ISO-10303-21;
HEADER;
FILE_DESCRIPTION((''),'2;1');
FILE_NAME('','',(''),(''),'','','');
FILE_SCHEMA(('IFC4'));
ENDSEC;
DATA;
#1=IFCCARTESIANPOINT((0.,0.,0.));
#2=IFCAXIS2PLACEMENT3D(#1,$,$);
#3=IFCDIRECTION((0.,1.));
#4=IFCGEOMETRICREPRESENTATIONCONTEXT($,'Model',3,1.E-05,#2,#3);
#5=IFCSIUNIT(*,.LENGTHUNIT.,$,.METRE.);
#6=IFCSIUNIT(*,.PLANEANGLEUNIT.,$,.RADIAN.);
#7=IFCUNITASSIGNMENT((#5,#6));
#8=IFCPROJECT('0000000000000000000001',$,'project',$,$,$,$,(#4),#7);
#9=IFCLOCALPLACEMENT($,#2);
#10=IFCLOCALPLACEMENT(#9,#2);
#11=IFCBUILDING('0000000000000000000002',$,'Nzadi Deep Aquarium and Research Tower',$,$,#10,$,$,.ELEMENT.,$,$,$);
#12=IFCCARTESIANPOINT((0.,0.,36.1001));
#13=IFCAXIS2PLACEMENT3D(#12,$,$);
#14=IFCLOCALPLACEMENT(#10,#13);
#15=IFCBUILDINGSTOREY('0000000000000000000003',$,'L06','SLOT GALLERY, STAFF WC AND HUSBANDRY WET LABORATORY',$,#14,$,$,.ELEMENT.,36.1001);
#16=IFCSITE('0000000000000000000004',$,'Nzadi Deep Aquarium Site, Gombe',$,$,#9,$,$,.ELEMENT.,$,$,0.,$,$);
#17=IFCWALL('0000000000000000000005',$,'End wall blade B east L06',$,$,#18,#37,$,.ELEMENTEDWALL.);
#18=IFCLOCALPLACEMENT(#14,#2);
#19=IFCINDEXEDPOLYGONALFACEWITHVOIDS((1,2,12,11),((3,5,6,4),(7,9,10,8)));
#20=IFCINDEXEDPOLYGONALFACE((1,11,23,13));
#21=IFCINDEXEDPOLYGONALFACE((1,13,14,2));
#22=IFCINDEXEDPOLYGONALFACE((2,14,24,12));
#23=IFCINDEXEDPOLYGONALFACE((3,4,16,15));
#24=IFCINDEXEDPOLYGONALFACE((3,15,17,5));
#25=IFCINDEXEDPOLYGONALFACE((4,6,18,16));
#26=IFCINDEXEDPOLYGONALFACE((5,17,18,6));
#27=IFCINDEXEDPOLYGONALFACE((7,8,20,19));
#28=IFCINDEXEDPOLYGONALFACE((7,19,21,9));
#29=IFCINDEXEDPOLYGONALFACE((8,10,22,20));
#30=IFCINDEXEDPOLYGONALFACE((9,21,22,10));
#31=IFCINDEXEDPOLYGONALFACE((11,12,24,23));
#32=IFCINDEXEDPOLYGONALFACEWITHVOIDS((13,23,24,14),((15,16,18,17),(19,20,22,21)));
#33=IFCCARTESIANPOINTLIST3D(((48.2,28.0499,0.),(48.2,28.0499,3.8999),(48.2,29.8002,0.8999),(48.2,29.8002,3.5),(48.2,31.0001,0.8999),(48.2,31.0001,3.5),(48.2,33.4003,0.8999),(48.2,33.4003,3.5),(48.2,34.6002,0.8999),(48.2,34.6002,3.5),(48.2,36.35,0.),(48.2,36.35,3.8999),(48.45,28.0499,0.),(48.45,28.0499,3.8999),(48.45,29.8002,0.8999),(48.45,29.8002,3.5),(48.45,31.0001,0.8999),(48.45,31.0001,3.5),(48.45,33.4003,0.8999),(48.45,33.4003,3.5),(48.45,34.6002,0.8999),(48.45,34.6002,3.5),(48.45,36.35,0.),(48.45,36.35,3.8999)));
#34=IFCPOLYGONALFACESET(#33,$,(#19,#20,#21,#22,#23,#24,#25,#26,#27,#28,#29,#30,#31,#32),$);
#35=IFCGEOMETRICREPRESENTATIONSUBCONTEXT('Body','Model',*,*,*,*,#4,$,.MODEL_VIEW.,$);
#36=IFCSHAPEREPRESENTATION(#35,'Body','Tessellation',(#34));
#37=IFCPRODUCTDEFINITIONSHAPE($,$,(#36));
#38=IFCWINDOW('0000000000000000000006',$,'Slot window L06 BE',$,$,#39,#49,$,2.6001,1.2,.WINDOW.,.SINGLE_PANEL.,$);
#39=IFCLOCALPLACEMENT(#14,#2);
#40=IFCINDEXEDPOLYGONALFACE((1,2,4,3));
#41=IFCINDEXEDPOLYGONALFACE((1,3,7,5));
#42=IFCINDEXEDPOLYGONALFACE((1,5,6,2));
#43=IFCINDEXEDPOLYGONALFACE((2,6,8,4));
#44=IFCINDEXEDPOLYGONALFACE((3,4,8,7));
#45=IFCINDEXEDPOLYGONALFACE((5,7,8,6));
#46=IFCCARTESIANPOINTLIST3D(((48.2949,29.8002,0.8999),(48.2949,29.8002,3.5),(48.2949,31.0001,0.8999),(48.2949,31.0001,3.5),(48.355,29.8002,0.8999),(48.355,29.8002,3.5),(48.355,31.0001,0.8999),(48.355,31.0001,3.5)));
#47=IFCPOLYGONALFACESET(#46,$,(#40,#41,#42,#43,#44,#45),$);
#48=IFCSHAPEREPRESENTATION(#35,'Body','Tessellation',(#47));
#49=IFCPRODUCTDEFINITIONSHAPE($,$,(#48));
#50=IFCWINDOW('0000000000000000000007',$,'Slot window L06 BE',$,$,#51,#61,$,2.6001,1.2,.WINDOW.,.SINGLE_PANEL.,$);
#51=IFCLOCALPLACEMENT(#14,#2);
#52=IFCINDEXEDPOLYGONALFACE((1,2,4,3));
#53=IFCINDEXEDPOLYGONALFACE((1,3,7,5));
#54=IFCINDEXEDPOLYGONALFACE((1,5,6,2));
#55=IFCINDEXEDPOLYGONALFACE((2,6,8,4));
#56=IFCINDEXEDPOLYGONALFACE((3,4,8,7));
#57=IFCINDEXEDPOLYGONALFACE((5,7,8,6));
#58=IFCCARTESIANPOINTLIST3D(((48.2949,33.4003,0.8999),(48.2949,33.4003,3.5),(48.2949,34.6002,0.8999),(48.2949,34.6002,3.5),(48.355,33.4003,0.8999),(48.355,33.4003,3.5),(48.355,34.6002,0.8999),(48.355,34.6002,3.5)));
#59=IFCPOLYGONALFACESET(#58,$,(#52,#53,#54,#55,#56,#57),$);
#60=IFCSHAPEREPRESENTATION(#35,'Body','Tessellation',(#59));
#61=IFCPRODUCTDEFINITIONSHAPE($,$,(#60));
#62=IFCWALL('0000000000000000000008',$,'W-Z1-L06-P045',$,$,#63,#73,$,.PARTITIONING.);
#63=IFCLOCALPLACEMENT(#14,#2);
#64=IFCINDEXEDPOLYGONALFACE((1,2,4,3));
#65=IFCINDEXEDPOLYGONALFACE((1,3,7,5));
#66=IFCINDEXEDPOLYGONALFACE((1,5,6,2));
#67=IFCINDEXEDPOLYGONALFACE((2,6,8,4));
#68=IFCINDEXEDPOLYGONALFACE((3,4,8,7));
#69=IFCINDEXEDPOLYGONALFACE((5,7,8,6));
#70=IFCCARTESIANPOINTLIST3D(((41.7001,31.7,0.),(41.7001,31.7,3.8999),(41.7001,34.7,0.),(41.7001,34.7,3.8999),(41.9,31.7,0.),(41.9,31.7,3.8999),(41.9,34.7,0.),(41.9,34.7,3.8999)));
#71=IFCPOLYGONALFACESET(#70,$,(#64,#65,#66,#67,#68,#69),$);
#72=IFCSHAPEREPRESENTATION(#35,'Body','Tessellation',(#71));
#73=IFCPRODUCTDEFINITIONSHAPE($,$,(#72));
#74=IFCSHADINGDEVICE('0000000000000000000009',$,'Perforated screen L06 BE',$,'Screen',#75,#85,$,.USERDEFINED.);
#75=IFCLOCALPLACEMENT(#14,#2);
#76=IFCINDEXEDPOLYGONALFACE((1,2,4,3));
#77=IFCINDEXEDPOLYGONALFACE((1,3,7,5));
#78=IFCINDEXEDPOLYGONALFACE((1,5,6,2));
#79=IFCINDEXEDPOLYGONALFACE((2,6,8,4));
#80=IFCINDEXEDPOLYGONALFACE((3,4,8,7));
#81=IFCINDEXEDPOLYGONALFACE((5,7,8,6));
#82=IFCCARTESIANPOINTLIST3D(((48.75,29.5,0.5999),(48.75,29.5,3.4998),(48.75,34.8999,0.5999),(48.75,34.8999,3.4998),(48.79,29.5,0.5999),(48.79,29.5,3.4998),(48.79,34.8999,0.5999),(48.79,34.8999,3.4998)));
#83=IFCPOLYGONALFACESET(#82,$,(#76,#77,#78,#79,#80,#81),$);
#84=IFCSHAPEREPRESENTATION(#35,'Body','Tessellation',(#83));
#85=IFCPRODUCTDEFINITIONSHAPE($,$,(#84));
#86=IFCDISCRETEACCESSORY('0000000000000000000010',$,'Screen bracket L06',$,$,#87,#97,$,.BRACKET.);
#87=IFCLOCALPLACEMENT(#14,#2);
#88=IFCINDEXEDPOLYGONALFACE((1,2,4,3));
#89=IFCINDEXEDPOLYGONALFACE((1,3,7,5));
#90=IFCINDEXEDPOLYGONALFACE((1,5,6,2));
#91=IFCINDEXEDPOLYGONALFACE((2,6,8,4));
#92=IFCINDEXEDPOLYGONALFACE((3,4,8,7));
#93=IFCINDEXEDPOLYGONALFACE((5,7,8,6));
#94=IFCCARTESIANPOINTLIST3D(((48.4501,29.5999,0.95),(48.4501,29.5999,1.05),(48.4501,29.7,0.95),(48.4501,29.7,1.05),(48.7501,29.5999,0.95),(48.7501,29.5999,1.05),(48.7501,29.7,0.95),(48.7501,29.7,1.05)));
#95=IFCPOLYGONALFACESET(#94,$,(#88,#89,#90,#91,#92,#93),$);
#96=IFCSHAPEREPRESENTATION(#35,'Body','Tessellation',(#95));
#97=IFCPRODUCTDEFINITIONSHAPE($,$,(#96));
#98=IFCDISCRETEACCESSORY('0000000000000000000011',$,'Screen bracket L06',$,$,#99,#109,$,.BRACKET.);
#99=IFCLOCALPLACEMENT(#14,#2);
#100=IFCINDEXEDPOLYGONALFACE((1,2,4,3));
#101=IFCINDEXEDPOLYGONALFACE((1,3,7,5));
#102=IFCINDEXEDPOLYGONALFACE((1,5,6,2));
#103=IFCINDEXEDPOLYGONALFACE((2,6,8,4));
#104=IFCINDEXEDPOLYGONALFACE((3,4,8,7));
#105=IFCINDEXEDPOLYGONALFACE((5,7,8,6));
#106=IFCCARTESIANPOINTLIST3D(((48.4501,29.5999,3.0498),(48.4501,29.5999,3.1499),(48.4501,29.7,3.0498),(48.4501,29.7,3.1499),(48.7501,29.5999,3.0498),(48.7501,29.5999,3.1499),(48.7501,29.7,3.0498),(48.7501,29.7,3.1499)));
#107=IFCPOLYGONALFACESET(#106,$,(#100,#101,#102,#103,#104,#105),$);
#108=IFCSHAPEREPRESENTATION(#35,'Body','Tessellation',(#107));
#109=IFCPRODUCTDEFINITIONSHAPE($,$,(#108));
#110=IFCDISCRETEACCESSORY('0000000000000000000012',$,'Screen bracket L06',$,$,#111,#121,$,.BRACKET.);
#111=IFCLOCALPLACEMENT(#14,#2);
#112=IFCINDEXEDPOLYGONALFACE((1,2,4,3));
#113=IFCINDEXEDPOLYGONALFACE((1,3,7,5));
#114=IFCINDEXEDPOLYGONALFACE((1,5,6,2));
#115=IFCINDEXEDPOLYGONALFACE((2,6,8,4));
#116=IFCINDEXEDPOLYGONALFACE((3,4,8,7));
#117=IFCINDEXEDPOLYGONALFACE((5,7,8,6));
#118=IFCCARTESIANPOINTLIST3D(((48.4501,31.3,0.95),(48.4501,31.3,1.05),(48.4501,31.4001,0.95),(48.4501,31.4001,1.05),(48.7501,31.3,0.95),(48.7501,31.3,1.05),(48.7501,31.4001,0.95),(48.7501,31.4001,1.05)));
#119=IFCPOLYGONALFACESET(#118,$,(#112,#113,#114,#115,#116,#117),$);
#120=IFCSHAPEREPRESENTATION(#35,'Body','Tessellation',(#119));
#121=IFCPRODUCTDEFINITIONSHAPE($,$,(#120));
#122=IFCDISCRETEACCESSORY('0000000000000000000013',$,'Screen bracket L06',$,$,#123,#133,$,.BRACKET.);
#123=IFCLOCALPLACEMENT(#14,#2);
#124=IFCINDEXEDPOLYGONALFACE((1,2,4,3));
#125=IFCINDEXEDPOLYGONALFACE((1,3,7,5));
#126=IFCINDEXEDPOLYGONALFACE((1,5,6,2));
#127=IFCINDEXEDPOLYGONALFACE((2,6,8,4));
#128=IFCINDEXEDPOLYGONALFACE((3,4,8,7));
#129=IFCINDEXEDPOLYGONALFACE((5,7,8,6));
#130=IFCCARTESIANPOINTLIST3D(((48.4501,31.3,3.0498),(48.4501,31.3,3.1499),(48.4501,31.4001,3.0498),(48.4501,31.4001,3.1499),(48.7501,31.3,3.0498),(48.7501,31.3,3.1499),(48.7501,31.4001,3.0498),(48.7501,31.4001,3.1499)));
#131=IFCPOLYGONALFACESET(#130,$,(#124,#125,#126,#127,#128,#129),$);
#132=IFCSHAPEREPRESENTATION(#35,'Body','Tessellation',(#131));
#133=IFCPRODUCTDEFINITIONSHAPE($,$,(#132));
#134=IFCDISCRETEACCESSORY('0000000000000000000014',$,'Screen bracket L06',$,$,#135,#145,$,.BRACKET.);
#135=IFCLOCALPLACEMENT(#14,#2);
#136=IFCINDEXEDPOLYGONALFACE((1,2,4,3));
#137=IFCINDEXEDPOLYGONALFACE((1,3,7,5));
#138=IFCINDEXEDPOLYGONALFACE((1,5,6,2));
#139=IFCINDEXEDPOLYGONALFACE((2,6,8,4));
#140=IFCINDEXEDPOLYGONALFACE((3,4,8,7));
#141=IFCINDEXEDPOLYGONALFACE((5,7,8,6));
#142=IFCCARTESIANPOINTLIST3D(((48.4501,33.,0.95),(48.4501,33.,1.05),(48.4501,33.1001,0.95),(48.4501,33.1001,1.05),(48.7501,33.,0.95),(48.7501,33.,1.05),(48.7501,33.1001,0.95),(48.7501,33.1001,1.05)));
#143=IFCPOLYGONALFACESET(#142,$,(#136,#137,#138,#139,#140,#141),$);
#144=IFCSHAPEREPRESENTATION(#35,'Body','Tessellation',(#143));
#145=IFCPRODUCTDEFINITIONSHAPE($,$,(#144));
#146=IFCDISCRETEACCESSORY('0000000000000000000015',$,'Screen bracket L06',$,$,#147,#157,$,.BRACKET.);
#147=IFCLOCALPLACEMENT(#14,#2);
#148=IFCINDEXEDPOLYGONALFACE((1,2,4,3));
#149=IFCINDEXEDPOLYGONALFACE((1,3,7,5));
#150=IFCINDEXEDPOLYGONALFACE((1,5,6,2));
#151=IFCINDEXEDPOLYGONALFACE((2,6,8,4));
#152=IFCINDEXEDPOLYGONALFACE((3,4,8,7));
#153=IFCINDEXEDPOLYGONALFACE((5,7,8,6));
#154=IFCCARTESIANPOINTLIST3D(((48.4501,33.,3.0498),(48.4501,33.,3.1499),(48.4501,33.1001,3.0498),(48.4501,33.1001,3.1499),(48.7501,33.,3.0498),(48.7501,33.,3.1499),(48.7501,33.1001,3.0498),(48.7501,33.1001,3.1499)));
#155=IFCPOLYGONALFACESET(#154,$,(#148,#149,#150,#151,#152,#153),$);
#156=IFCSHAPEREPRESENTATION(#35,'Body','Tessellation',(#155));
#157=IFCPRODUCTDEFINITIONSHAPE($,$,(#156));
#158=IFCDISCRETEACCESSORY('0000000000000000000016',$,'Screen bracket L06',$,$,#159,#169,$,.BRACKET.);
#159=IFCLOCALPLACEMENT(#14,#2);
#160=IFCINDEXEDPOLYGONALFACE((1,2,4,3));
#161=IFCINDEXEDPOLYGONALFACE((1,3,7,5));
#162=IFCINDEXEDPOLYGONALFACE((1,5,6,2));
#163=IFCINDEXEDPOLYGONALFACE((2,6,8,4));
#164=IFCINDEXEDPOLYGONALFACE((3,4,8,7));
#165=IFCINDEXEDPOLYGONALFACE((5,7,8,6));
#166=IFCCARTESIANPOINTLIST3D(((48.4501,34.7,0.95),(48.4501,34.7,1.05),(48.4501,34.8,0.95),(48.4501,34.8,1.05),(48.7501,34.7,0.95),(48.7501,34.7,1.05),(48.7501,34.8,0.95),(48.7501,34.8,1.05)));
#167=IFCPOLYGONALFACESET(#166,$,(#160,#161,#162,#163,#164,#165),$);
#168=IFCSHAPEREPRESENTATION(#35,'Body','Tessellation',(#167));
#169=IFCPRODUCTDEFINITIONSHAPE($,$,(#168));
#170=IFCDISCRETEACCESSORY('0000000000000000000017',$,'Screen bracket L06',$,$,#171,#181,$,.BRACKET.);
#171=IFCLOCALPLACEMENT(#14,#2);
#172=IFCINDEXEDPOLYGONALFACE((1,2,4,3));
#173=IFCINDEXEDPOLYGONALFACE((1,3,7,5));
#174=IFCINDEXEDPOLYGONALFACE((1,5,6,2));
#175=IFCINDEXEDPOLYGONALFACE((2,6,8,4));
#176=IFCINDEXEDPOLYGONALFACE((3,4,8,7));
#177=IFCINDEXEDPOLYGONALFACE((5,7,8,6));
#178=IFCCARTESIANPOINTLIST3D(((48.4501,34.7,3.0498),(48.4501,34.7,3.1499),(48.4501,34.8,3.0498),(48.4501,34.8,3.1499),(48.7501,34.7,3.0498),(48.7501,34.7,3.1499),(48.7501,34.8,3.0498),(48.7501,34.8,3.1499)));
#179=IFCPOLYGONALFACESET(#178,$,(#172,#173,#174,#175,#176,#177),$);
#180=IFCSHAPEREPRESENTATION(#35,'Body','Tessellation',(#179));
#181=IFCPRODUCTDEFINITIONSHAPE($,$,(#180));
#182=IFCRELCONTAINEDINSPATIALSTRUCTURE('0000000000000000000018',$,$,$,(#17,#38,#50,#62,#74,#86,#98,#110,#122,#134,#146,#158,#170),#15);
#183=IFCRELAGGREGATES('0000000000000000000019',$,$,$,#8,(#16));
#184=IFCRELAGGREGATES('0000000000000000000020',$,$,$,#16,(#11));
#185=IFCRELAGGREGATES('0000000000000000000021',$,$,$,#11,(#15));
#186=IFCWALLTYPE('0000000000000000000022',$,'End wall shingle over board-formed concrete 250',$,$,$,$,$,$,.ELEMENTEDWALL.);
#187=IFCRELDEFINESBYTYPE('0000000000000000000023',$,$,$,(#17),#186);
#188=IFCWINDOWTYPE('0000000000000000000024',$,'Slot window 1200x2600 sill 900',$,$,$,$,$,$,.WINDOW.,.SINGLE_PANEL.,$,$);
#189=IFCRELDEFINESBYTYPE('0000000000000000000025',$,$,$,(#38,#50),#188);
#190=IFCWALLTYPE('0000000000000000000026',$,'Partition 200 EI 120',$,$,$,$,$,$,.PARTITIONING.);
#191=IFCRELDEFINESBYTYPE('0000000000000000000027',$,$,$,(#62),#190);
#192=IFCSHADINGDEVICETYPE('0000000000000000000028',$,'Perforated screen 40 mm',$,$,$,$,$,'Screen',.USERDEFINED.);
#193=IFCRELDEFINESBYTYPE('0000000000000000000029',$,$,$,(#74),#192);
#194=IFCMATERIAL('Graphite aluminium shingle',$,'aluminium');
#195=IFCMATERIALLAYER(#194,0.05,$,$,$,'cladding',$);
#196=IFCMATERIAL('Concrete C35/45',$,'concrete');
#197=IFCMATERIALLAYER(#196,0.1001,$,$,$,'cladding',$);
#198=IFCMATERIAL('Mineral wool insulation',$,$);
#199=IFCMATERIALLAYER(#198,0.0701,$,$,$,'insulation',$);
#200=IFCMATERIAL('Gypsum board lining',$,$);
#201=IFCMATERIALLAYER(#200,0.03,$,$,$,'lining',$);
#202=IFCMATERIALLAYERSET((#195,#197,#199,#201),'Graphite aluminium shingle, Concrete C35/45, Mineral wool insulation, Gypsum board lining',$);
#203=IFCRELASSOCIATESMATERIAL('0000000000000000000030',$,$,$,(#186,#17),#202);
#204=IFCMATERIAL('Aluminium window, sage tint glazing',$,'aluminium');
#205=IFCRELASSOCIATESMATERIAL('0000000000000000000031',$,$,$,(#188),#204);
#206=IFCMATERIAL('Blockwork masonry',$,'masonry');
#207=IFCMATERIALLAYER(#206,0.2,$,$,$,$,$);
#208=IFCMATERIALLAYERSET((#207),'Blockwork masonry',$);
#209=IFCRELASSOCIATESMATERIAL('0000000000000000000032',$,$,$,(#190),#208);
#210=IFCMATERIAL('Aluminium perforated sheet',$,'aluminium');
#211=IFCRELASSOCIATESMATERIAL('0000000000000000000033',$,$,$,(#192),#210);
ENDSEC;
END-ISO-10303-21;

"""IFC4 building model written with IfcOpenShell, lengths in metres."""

from ifc_helpers import new_model, si_unit, direction, frame, frame_2d, origin, origin_2d, place, context, subcontext, project, spatial, rectangle, extrude, material, layer, layer_set, layer_usage, type_object, element, fill, save


model = new_model("IFC4")

# Units and contexts
model_context = context("Model", 3, precision=1e-05, world=origin(), true_north=direction((0.0, 1.0)))
body_context = subcontext(model_context, "Body", "Model", "MODEL_VIEW")
ifc_project = project(units=[si_unit("LENGTHUNIT", "METRE"), si_unit("PLANEANGLEUNIT", "RADIAN")], contexts=[model_context])

# Site, building, storey
site_placement = place(None, origin())
site = spatial("IfcSite", under=ifc_project, at=site_placement, Name="Nzadi Deep Aquarium Site, Gombe", CompositionType="ELEMENT", RefElevation=0.0)
building_placement = place(site_placement, origin())
building = spatial("IfcBuilding", under=site, at=building_placement, Name="Nzadi Deep Aquarium and Research Tower", CompositionType="ELEMENT")
storey_placement = place(building_placement, frame((0.0, 0.0, 36.1001)))
storey = spatial("IfcBuildingStorey", under=building, at=storey_placement, Name="L06", Description="SLOT GALLERY, STAFF WC AND HUSBANDRY WET LABORATORY", CompositionType="ELEMENT", Elevation=36.1001)

# Wall, openings, windows
ifc_material_1 = material(Name="Graphite aluminium shingle", Category="aluminium")
ifc_layer_1 = layer(ifc_material_1, 0.05, Category="cladding")
ifc_material_2 = material(Name="Concrete C35/45", Category="concrete")
ifc_layer_2 = layer(ifc_material_2, 0.1001, Category="cladding")
ifc_material_3 = material(Name="Mineral wool insulation")
ifc_layer_3 = layer(ifc_material_3, 0.0701, Category="insulation")
ifc_material_4 = material(Name="Gypsum board lining")
ifc_layer_4 = layer(ifc_material_4, 0.03, Category="lining")
ifc_layer_set_1 = layer_set([ifc_layer_1, ifc_layer_2, ifc_layer_3, ifc_layer_4], Name="Graphite aluminium shingle, Concrete C35/45, Mineral wool insulation, Gypsum board lining")
ifc_layer_usage = layer_usage(ifc_layer_set_1, "AXIS2", "POSITIVE", -0.125)
wall_type_1 = type_object("IfcWallType", Name="End wall shingle over board-formed concrete 250", PredefinedType="ELEMENTEDWALL", material=ifc_layer_set_1)
wall_1_placement = place(storey_placement, frame((48.325, 28.05, 0.0), z_axis=(0.0, 0.0, 1.0), x_axis=(0.0, 1.0, 0.0)))
wall_1 = element("IfcWall", 1, at=wall_1_placement, inside=storey, type_object=wall_type_1, material=ifc_layer_usage, Name="End wall blade B east L06", PredefinedType="ELEMENTEDWALL", context=body_context, shape_type="SweptSolid", body=[
    extrude(rectangle(XDim=8.3, YDim=0.25, at=frame_2d((4.1499, 0.0))), origin(), (0.0, 0.0, 1.0), 3.8999),
])
opening_1_placement = place(wall_1_placement, frame((1.75, 0.0, 0.8999)))
opening_1 = element("IfcOpeningElement", 2, at=opening_1_placement, cuts=wall_1, PredefinedType="OPENING", context=body_context, shape_type="SweptSolid", body=[
    extrude(rectangle(XDim=1.2, YDim=2.6001, at=frame_2d((0.6001, 1.3))), frame((0.0, 0.135, 0.0), z_axis=(0.0, -1.0, 0.0), x_axis=(1.0, 0.0, 0.0)), (0.0, 0.0, 1.0), 0.27),
])
opening_2_placement = place(wall_1_placement, frame((5.3501, 0.0, 0.8999)))
opening_2 = element("IfcOpeningElement", 3, at=opening_2_placement, cuts=wall_1, PredefinedType="OPENING", context=body_context, shape_type="SweptSolid", body=[
    extrude(rectangle(XDim=1.2, YDim=2.6001, at=frame_2d((0.6001, 1.3))), frame((0.0, 0.135, 0.0), z_axis=(0.0, -1.0, 0.0), x_axis=(1.0, 0.0, 0.0)), (0.0, 0.0, 1.0), 0.27),
])
ifc_material_5 = material(Name="Aluminium window, sage tint glazing", Category="aluminium")
window_type = type_object("IfcWindowType", Name="Slot window 1200x2600 sill 900", PartitioningType="SINGLE_PANEL", PredefinedType="WINDOW", material=ifc_material_5)
window_1_placement = place(opening_1_placement, origin())
window_1 = element("IfcWindow", 4, at=window_1_placement, inside=storey, type_object=window_type, Name="Slot window L06 BE", OverallHeight=2.6001, OverallWidth=1.2, PartitioningType="SINGLE_PANEL", PredefinedType="WINDOW", context=body_context, shape_type="SweptSolid", body=[
    extrude(rectangle(XDim=1.2, YDim=2.6001, at=frame_2d((0.6001, 1.3))), frame((0.0, 0.03, 0.0), z_axis=(0.0, -1.0, 0.0), x_axis=(1.0, 0.0, 0.0)), (0.0, 0.0, 1.0), 0.0601),
])
fill(opening_1, window_1)
window_2_placement = place(opening_2_placement, origin())
window_2 = element("IfcWindow", 5, at=window_2_placement, inside=storey, type_object=window_type, Name="Slot window L06 BE", OverallHeight=2.6001, OverallWidth=1.2, PartitioningType="SINGLE_PANEL", PredefinedType="WINDOW", context=body_context, shape_type="SweptSolid", body=[
    extrude(rectangle(XDim=1.2, YDim=2.6001, at=frame_2d((0.6001, 1.3))), frame((0.0, 0.03, 0.0), z_axis=(0.0, -1.0, 0.0), x_axis=(1.0, 0.0, 0.0)), (0.0, 0.0, 1.0), 0.0601),
])
fill(opening_2, window_2)

# Wall
ifc_material_6 = material(Name="Blockwork masonry", Category="masonry")
ifc_layer_5 = layer(ifc_material_6, 0.2)
ifc_layer_set_2 = layer_set([ifc_layer_5], Name="Blockwork masonry")
wall_type_2 = type_object("IfcWallType", Name="Partition 200 EI 120", PredefinedType="PARTITIONING", material=ifc_layer_set_2)
wall_2_placement = place(storey_placement, frame((41.8, 31.7, 0.0), z_axis=(0.0, 0.0, 1.0), x_axis=(0.0, 1.0, 0.0)))
element("IfcWall", 6, at=wall_2_placement, inside=storey, type_object=wall_type_2, Name="W-Z1-L06-P045", PredefinedType="PARTITIONING", context=body_context, shape_type="SweptSolid", body=[
    extrude(rectangle(XDim=3.0, YDim=0.2, at=frame_2d((1.5, 0.0))), origin(), (0.0, 0.0, 1.0), 3.8999),
])

# Shading device
ifc_material_7 = material(Name="Aluminium perforated sheet", Category="aluminium")
shading_device_type = type_object("IfcShadingDeviceType", Name="Perforated screen 40 mm", ElementType="Screen", PredefinedType="USERDEFINED", material=ifc_material_7)
shading_device_placement = place(storey_placement, frame((48.77, 32.2, 0.5999), z_axis=(0.0, 0.0, 1.0), x_axis=(1.0, 0.0, 0.0)))
element("IfcShadingDevice", 7, at=shading_device_placement, inside=storey, type_object=shading_device_type, Name="Perforated screen L06 BE", ObjectType="Screen", PredefinedType="USERDEFINED", context=body_context, shape_type="SweptSolid", body=[
    extrude(rectangle(XDim=0.04, YDim=5.3999, at=origin_2d()), origin(), (0.0, 0.0, 1.0), 2.8999),
])

# Discrete accessories
for number, where, z_axis, x_axis, name in (
    (8, (48.6001, 29.6499, 0.95), (0.0, 0.0, 1.0), (1.0, 0.0, 0.0), "Screen bracket L06"),
    (9, (48.6001, 29.6499, 3.0498), (0.0, 0.0, 1.0), (1.0, 0.0, 0.0), "Screen bracket L06"),
    (10, (48.6001, 31.3501, 0.95), (0.0, 0.0, 1.0), (1.0, 0.0, 0.0), "Screen bracket L06"),
    (11, (48.6001, 31.3501, 3.0498), (0.0, 0.0, 1.0), (1.0, 0.0, 0.0), "Screen bracket L06"),
    (12, (48.6001, 33.05, 0.95), (0.0, 0.0, 1.0), (1.0, 0.0, 0.0), "Screen bracket L06"),
    (13, (48.6001, 33.05, 3.0498), (0.0, 0.0, 1.0), (1.0, 0.0, 0.0), "Screen bracket L06"),
    (14, (48.6001, 34.75, 0.95), (0.0, 0.0, 1.0), (1.0, 0.0, 0.0), "Screen bracket L06"),
    (15, (48.6001, 34.75, 3.0498), (0.0, 0.0, 1.0), (1.0, 0.0, 0.0), "Screen bracket L06"),
):
    element("IfcDiscreteAccessory", number, at=place(storey_placement, frame(where, z_axis=z_axis, x_axis=x_axis)), inside=storey, Name=name, PredefinedType="BRACKET", context=body_context, shape_type="SweptSolid", body=[
        extrude(rectangle(XDim=0.3, YDim=0.1001, at=origin_2d()), origin(), (0.0, 0.0, 1.0), 0.1001),
    ])

save(model, "model.ifc")
